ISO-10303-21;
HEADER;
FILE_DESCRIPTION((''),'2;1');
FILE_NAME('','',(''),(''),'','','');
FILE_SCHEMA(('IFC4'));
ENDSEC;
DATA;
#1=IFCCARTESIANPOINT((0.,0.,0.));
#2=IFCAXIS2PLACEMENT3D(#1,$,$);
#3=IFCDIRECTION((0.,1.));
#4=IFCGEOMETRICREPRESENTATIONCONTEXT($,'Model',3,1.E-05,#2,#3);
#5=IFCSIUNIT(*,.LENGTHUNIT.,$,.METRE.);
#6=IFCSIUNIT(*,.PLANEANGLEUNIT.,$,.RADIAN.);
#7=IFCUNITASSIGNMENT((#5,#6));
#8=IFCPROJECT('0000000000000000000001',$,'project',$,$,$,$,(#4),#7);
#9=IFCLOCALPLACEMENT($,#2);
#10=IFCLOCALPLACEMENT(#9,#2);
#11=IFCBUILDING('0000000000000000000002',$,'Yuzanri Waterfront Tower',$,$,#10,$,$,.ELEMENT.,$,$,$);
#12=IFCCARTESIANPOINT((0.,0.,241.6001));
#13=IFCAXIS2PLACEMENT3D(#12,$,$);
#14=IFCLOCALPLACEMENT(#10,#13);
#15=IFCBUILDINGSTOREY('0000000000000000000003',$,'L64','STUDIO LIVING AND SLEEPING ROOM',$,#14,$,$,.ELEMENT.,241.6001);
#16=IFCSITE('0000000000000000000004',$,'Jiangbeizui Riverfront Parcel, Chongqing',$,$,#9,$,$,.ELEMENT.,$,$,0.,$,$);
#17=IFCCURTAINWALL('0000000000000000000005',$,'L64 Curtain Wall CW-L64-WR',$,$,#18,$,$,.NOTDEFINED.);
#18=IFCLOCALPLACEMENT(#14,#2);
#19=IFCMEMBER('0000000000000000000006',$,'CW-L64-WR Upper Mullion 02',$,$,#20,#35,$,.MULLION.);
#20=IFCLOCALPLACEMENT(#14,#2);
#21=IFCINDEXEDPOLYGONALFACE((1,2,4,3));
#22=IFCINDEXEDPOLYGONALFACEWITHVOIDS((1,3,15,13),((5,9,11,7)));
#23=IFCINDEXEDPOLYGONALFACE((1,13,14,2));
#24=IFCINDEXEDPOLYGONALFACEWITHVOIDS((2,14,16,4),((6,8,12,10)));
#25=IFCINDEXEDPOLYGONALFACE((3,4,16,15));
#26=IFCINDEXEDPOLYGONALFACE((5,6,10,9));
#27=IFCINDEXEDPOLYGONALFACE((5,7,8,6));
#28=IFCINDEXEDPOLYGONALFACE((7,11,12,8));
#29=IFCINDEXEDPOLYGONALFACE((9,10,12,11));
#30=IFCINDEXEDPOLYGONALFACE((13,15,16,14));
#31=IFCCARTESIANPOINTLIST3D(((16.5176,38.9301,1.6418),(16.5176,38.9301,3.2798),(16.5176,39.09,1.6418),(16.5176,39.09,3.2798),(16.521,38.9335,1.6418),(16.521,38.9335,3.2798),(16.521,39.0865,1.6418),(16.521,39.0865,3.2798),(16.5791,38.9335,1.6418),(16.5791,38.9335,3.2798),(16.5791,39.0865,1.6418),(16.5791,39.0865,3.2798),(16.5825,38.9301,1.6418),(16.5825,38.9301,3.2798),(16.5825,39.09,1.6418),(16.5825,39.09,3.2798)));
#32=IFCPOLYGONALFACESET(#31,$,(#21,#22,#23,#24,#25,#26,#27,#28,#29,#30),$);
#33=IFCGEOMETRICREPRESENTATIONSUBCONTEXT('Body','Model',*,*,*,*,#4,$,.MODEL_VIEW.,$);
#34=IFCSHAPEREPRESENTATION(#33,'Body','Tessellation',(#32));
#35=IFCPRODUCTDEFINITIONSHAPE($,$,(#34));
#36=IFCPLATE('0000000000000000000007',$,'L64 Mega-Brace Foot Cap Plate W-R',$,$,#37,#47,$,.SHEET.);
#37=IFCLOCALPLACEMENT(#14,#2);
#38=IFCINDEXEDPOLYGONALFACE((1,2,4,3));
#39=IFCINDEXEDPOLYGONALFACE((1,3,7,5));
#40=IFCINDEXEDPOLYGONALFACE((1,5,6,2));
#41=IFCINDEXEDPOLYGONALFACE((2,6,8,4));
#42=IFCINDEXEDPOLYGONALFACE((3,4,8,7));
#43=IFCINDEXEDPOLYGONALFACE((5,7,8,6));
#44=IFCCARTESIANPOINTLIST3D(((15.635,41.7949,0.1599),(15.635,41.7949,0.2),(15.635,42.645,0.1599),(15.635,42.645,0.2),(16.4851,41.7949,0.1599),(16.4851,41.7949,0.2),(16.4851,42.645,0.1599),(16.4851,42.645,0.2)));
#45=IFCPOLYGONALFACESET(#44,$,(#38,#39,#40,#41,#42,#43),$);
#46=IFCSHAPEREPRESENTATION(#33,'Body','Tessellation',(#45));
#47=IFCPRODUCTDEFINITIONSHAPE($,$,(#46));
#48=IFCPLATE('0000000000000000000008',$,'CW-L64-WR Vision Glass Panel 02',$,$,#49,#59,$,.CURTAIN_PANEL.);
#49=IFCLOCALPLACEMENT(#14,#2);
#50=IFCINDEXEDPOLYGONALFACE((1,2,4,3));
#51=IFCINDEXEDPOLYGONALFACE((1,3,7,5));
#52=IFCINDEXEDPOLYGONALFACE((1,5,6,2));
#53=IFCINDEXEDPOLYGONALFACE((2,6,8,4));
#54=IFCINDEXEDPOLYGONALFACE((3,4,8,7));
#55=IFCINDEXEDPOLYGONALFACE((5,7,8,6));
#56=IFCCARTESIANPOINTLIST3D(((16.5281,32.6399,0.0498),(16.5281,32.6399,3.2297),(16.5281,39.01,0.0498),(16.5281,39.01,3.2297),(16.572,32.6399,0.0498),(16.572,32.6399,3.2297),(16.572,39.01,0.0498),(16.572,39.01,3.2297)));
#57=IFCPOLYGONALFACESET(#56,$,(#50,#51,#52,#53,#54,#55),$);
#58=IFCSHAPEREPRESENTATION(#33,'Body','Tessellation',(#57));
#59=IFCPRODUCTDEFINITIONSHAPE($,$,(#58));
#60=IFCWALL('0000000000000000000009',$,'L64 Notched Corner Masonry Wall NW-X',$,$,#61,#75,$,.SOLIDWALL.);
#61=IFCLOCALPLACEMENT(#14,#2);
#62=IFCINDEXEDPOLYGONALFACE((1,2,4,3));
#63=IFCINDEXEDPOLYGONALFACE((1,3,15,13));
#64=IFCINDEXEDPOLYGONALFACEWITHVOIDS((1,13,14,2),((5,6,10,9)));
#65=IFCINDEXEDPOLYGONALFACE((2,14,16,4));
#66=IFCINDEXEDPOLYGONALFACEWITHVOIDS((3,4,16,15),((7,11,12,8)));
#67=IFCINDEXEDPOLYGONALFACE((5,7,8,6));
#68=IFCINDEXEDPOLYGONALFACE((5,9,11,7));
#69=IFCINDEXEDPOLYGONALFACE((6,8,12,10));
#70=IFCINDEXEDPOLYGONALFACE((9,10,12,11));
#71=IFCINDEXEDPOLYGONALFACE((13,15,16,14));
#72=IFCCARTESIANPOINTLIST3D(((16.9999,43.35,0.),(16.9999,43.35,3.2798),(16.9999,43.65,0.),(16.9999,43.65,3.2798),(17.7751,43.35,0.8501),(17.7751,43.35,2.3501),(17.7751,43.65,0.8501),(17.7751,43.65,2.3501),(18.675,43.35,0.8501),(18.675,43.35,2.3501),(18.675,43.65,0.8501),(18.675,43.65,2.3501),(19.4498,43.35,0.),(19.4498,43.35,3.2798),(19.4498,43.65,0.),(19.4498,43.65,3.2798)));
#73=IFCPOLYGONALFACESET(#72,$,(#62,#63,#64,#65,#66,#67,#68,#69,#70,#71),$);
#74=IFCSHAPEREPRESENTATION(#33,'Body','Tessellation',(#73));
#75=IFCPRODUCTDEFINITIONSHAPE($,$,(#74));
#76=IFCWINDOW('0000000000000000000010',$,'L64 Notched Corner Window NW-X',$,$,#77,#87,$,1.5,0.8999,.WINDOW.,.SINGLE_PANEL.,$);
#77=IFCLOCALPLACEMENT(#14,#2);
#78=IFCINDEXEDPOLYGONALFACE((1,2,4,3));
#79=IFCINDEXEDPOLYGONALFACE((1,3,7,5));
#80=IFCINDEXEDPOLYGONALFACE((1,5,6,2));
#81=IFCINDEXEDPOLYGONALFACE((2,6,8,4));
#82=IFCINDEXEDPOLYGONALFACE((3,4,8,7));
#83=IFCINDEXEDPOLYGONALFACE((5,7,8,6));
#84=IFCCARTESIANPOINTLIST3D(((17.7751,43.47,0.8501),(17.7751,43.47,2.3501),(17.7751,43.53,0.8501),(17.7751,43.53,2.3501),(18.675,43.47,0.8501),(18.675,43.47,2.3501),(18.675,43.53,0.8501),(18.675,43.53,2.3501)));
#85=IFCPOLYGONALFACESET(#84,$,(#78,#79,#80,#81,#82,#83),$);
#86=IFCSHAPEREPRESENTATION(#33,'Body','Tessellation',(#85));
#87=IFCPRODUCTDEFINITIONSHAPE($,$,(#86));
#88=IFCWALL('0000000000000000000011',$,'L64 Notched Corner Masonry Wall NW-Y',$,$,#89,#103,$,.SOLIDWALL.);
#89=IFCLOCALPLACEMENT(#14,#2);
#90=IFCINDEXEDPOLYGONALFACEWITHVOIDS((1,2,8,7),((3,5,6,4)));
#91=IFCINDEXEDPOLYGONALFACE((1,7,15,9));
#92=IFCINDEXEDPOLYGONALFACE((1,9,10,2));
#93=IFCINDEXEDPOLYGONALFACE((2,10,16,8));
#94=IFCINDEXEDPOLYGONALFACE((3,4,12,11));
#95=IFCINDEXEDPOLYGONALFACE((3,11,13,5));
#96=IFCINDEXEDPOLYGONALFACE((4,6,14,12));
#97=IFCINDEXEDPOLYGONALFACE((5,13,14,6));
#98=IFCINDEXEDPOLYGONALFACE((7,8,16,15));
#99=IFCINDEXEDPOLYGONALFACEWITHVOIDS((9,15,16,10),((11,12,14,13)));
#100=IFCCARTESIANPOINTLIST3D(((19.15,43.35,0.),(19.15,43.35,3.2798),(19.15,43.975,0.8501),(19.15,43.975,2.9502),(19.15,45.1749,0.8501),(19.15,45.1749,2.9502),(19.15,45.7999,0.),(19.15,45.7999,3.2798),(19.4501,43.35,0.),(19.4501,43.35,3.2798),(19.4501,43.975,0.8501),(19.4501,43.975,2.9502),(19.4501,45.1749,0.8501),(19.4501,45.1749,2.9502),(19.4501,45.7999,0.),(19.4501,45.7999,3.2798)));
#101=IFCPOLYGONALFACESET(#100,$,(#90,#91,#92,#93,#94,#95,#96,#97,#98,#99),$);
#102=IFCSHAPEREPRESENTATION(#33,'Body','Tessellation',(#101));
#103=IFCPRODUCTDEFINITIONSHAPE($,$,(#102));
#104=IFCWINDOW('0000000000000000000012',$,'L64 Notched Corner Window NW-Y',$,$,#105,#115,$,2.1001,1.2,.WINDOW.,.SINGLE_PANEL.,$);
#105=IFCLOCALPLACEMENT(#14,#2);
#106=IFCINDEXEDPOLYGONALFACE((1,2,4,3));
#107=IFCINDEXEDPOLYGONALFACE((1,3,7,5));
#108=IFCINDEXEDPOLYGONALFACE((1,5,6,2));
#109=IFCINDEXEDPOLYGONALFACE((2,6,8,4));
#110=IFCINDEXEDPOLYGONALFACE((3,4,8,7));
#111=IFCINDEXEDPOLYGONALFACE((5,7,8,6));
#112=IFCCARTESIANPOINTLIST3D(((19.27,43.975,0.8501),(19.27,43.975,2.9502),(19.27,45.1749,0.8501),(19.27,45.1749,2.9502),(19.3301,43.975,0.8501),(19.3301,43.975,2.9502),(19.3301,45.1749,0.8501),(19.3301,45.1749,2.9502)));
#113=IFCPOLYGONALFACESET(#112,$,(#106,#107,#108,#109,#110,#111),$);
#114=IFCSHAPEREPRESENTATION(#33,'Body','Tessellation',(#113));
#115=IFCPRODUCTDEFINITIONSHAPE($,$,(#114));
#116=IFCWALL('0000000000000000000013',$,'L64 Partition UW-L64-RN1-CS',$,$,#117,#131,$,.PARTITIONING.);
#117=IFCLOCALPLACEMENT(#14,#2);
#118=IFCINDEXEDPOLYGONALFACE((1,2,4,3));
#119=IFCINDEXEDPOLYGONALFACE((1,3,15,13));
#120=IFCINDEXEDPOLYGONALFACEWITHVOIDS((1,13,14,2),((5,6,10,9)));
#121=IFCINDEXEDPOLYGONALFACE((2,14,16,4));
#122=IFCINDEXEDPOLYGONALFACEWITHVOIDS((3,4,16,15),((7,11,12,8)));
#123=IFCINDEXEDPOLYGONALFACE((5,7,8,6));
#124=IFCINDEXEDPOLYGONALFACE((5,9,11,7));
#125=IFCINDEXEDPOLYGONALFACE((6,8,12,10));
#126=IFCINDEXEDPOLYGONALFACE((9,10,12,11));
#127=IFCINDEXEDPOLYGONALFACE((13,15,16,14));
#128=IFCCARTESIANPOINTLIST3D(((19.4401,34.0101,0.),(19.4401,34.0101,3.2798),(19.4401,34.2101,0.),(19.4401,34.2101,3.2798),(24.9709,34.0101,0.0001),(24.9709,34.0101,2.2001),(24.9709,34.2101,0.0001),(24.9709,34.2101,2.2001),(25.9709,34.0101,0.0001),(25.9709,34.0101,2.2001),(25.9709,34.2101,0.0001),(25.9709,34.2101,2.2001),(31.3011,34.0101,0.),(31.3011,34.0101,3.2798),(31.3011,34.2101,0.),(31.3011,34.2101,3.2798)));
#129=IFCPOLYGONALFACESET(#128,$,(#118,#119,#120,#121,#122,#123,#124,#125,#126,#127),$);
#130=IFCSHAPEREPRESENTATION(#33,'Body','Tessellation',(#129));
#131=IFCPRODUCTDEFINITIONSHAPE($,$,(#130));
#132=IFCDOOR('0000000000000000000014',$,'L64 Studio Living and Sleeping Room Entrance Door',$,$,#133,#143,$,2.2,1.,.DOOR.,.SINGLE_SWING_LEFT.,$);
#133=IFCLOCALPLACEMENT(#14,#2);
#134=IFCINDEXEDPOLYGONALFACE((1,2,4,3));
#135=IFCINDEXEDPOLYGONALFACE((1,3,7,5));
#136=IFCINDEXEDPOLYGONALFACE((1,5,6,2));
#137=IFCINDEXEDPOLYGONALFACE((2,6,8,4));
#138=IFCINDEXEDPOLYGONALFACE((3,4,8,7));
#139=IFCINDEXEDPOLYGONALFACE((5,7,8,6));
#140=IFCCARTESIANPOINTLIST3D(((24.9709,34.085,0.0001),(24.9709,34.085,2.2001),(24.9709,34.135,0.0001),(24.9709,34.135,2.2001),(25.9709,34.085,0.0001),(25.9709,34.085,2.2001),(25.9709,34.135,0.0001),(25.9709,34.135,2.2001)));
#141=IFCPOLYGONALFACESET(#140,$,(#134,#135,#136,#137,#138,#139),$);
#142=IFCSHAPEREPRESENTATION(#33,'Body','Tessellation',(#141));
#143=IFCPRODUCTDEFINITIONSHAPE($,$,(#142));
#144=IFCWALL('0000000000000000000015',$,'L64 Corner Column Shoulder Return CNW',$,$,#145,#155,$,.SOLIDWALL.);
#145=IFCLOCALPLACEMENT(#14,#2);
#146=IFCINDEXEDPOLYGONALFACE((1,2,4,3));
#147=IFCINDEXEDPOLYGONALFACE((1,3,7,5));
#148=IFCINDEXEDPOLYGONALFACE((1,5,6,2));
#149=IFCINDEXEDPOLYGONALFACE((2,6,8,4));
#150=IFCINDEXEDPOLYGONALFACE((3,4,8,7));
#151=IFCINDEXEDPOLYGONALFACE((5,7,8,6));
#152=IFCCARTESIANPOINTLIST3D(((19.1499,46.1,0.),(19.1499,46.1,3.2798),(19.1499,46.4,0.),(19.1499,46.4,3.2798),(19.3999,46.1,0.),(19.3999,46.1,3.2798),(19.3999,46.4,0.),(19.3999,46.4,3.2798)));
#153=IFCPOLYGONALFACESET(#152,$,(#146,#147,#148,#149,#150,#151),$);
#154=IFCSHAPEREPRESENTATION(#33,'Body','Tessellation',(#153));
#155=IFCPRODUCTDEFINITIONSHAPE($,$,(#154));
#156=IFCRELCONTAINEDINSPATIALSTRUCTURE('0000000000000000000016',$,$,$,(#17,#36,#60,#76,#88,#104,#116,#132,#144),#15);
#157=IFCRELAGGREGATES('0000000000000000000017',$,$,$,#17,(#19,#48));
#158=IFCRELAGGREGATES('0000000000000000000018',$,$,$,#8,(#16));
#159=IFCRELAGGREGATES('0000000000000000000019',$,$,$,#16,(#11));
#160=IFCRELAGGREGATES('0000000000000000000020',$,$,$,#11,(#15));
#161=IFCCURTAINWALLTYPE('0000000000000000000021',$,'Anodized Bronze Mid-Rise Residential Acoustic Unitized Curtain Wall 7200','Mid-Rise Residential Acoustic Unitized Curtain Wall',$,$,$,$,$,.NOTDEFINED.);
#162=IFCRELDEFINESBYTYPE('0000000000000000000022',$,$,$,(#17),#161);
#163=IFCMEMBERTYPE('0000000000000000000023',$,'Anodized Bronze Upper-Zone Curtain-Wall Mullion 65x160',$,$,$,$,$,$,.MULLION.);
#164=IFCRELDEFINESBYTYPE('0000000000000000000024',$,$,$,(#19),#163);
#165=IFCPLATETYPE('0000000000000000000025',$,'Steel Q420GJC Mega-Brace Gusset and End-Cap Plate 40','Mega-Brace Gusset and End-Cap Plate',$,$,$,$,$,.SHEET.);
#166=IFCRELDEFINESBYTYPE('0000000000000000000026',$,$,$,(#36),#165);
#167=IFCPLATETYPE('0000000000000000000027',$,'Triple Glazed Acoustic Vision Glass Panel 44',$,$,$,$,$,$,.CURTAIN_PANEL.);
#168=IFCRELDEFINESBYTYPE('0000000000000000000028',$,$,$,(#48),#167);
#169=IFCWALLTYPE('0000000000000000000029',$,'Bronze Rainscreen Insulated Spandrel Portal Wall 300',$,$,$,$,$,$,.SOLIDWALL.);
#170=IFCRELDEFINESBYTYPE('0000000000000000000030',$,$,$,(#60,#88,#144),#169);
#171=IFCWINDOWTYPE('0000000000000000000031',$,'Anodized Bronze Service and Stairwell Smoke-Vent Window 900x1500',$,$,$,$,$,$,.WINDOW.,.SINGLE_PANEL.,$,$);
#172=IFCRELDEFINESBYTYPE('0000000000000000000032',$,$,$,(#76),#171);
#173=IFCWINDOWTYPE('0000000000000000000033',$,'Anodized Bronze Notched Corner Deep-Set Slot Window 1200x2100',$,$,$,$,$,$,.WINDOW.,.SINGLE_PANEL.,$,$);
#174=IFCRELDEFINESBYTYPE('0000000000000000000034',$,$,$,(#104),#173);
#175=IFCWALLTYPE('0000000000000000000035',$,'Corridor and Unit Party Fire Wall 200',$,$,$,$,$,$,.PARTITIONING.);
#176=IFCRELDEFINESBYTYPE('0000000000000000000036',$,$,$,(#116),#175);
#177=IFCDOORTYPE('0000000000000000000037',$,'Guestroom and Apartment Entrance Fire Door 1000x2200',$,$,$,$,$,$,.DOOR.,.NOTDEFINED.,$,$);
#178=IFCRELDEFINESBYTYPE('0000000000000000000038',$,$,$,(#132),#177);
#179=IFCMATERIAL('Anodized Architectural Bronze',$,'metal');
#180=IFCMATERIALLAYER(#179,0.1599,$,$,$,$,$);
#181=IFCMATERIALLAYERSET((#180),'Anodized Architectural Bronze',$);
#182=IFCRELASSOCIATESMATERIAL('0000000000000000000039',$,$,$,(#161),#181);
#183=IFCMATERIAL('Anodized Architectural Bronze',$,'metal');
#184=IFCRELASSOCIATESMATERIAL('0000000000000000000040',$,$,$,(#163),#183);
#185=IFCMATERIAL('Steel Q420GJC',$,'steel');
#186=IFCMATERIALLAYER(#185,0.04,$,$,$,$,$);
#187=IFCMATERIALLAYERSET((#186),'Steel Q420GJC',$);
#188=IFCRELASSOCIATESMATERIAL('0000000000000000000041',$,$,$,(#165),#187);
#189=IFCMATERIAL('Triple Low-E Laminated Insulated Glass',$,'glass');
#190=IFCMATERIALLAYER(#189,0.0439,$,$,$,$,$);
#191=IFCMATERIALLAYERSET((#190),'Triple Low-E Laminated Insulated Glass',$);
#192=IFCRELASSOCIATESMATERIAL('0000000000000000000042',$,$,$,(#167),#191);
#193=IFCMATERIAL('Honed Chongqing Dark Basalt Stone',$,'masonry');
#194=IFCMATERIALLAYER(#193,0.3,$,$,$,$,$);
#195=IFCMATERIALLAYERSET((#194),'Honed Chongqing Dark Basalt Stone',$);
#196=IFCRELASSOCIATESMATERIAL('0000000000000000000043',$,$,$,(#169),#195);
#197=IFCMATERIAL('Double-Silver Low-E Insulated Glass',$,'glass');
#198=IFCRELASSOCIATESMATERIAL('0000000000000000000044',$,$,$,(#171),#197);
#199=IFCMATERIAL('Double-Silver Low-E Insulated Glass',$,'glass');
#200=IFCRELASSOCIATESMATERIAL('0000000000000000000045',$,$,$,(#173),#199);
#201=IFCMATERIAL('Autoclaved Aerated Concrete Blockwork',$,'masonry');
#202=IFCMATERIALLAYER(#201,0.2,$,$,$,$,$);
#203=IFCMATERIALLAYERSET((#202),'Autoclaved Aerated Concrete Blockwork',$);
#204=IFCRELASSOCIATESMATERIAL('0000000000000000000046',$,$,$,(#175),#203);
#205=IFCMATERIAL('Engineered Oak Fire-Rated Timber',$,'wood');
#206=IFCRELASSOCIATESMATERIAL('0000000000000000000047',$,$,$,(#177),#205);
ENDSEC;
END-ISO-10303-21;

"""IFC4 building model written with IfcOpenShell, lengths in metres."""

from ifc_helpers import new_model, si_unit, direction, frame, frame_2d, origin, origin_2d, place, context, subcontext, project, spatial, rectangle, hollow_rectangle, extrude, source, transform, mapped, material, layer, layer_set, material_profile, profile_set, type_object, element, fill, aggregate, save


model = new_model("IFC4")

# Units and contexts
model_context = context("Model", 3, precision=1e-05, world=origin(), true_north=direction((0.0, 1.0)))
body_context = subcontext(model_context, "Body", "Model", "MODEL_VIEW")
ifc_project = project(units=[si_unit("LENGTHUNIT", "METRE"), si_unit("PLANEANGLEUNIT", "RADIAN")], contexts=[model_context])

# Site, building, storey
site_placement = place(None, origin())
site = spatial("IfcSite", under=ifc_project, at=site_placement, Name="Jiangbeizui Riverfront Parcel, Chongqing", CompositionType="ELEMENT", RefElevation=0.0)
building_placement = place(site_placement, origin())
building = spatial("IfcBuilding", under=site, at=building_placement, Name="Yuzanri Waterfront Tower", CompositionType="ELEMENT")
storey_placement = place(building_placement, frame((0.0, 0.0, 241.6001)))
storey = spatial("IfcBuildingStorey", under=building, at=storey_placement, Name="L64", Description="STUDIO LIVING AND SLEEPING ROOM", CompositionType="ELEMENT", Elevation=241.6001)

# Curtain wall, member
ifc_material_1 = material(Name="Anodized Architectural Bronze", Category="metal")
ifc_layer_1 = layer(ifc_material_1, 0.1599)
ifc_layer_set_1 = layer_set([ifc_layer_1], Name="Anodized Architectural Bronze")
curtain_wall_type = type_object("IfcCurtainWallType", Name="Anodized Bronze Mid-Rise Residential Acoustic Unitized Curtain Wall 7200", Description="Mid-Rise Residential Acoustic Unitized Curtain Wall", PredefinedType="NOTDEFINED", material=ifc_layer_set_1)
curtain_wall_placement = place(storey_placement, origin())
curtain_wall = element("IfcCurtainWall", 1, at=curtain_wall_placement, inside=storey, type_object=curtain_wall_type, Name="L64 Curtain Wall CW-L64-WR", PredefinedType="NOTDEFINED")
ifc_material_2 = material(Name="Anodized Architectural Bronze", Category="metal")
ifc_material_profile_1 = material_profile(ifc_material_2, hollow_rectangle(XDim=0.0649, YDim=0.1599, WallThickness=0.0034, at=origin_2d()), Name="CWM 65x160")
ifc_profile_set_1 = profile_set([ifc_material_profile_1], Name="Anodized Architectural Bronze")
member_type_1 = type_object("IfcMemberType", Name="Anodized Bronze Upper-Zone Curtain-Wall Mullion 65x160", PredefinedType="MULLION", material=ifc_profile_set_1)
shared_shape_1 = source(origin(), body_context, "Body", "SweptSolid", [
    extrude(hollow_rectangle(XDim=0.0649, YDim=0.1599, WallThickness=0.0034, at=origin_2d()), origin(), (0.0, 0.0, 1.0), 1.6379),
])
member_1_placement = place(storey_placement, frame((16.55, 39.01, 1.6418), z_axis=(0.0, 0.0, 1.0), x_axis=(1.0, 0.0, 0.0)))
member_1 = element("IfcMember", 2, at=member_1_placement, type_object=member_type_1, Name="CW-L64-WR Upper Mullion 02", PredefinedType="MULLION", context=body_context, shape_type="MappedRepresentation", body=[
    mapped(shared_shape_1, transform((0.0, 0.0, 0.0), scale=1.0)),
])

# Plates
ifc_material_3 = material(Name="Steel Q420GJC", Category="steel")
ifc_layer_2 = layer(ifc_material_3, 0.04)
ifc_layer_set_2 = layer_set([ifc_layer_2], Name="Steel Q420GJC")
plate_type_1 = type_object("IfcPlateType", Name="Steel Q420GJC Mega-Brace Gusset and End-Cap Plate 40", Description="Mega-Brace Gusset and End-Cap Plate", PredefinedType="SHEET", material=ifc_layer_set_2)
shared_shape_2 = source(origin(), body_context, "Body", "SweptSolid", [
    extrude(rectangle(XDim=0.8501, YDim=0.8501, at=origin_2d()), origin(), (0.0, 0.0, 1.0), 0.04),
])
plate_1_placement = place(storey_placement, frame((16.0601, 42.22, 0.1599), z_axis=(0.0, 0.0, 1.0), x_axis=(1.0, 0.0, 0.0)))
element("IfcPlate", 3, at=plate_1_placement, inside=storey, type_object=plate_type_1, Name="L64 Mega-Brace Foot Cap Plate W-R", PredefinedType="SHEET", context=body_context, shape_type="MappedRepresentation", body=[
    mapped(shared_shape_2, transform((0.0, 0.0, 0.0), scale=1.0)),
])
ifc_material_4 = material(Name="Triple Low-E Laminated Insulated Glass", Category="glass")
ifc_layer_3 = layer(ifc_material_4, 0.0439)
ifc_layer_set_3 = layer_set([ifc_layer_3], Name="Triple Low-E Laminated Insulated Glass")
plate_type_2 = type_object("IfcPlateType", Name="Triple Glazed Acoustic Vision Glass Panel 44", PredefinedType="CURTAIN_PANEL", material=ifc_layer_set_3)
shared_shape_3 = source(origin(), body_context, "Body", "SweptSolid", [
    extrude(rectangle(XDim=6.3701, YDim=0.0439, at=origin_2d()), origin(), (0.0, 0.0, 1.0), 3.1799),
])
plate_2_placement = place(storey_placement, frame((16.55, 35.825, 0.0498), z_axis=(0.0, 0.0, 1.0), x_axis=(0.0, 1.0, 0.0)))
plate_2 = element("IfcPlate", 4, at=plate_2_placement, type_object=plate_type_2, Name="CW-L64-WR Vision Glass Panel 02", PredefinedType="CURTAIN_PANEL", context=body_context, shape_type="MappedRepresentation", body=[
    mapped(shared_shape_3, transform((0.0, 0.0, 0.0), scale=1.0)),
])
aggregate(curtain_wall, [member_1, plate_2])

# Walls, openings, windows
ifc_material_5 = material(Name="Honed Chongqing Dark Basalt Stone", Category="masonry")
ifc_layer_4 = layer(ifc_material_5, 0.3)
ifc_layer_set_4 = layer_set([ifc_layer_4], Name="Honed Chongqing Dark Basalt Stone")
wall_type_1 = type_object("IfcWallType", Name="Bronze Rainscreen Insulated Spandrel Portal Wall 300", PredefinedType="SOLIDWALL", material=ifc_layer_set_4)
wall_1_placement = place(storey_placement, frame((19.45, 43.5, 0.0), z_axis=(0.0, 0.0, 1.0), x_axis=(-1.0, 0.0, 0.0)))
wall_1 = element("IfcWall", 5, at=wall_1_placement, inside=storey, type_object=wall_type_1, Name="L64 Notched Corner Masonry Wall NW-X", PredefinedType="SOLIDWALL", context=body_context, shape_type="SweptSolid", body=[
    extrude(rectangle(XDim=2.45, YDim=0.3, at=frame_2d((1.2251, 0.0))), origin(), (0.0, 0.0, 1.0), 3.2798),
])
opening_1_placement = place(wall_1_placement, frame((0.7749, 0.0, 0.8501)))
opening_1 = element("IfcOpeningElement", 6, at=opening_1_placement, cuts=wall_1, PredefinedType="OPENING", context=body_context, shape_type="SweptSolid", body=[
    extrude(rectangle(XDim=0.8999, YDim=1.5, at=frame_2d((0.45, 0.75))), frame((0.0, 0.165, 0.0), z_axis=(0.0, -1.0, 0.0), x_axis=(1.0, 0.0, 0.0)), (0.0, 0.0, 1.0), 0.3298),
])
ifc_material_6 = material(Name="Double-Silver Low-E Insulated Glass", Category="glass")
window_type_1 = type_object("IfcWindowType", Name="Anodized Bronze Service and Stairwell Smoke-Vent Window 900x1500", PartitioningType="SINGLE_PANEL", PredefinedType="WINDOW", material=ifc_material_6)
shared_shape_4 = source(origin(), body_context, "Body", "SweptSolid", [
    extrude(rectangle(XDim=0.8999, YDim=1.5, at=frame_2d((0.45, 0.75))), frame((0.0, 0.03, 0.0), z_axis=(0.0, -1.0, 0.0), x_axis=(1.0, 0.0, 0.0)), (0.0, 0.0, 1.0), 0.0601),
])
window_1_placement = place(opening_1_placement, origin())
window_1 = element("IfcWindow", 7, at=window_1_placement, inside=storey, type_object=window_type_1, Name="L64 Notched Corner Window NW-X", OverallHeight=1.5, OverallWidth=0.8999, PartitioningType="SINGLE_PANEL", PredefinedType="WINDOW", context=body_context, shape_type="MappedRepresentation", body=[
    mapped(shared_shape_4, transform((0.0, 0.0, 0.0), scale=1.0)),
])
fill(opening_1, window_1)
wall_2_placement = place(storey_placement, frame((19.3, 45.8, 0.0), z_axis=(0.0, 0.0, 1.0), x_axis=(0.0, -1.0, 0.0)))
wall_2 = element("IfcWall", 8, at=wall_2_placement, inside=storey, type_object=wall_type_1, Name="L64 Notched Corner Masonry Wall NW-Y", PredefinedType="SOLIDWALL", context=body_context, shape_type="SweptSolid", body=[
    extrude(rectangle(XDim=2.45, YDim=0.3, at=frame_2d((1.2251, 0.0))), origin(), (0.0, 0.0, 1.0), 3.2798),
])
opening_2_placement = place(wall_2_placement, frame((0.625, 0.0, 0.8501)))
opening_2 = element("IfcOpeningElement", 9, at=opening_2_placement, cuts=wall_2, PredefinedType="OPENING", context=body_context, shape_type="SweptSolid", body=[
    extrude(rectangle(XDim=1.2, YDim=2.1001, at=frame_2d((0.6001, 1.05))), frame((0.0, 0.165, 0.0), z_axis=(0.0, -1.0, 0.0), x_axis=(1.0, 0.0, 0.0)), (0.0, 0.0, 1.0), 0.3298),
])
ifc_material_7 = material(Name="Double-Silver Low-E Insulated Glass", Category="glass")
window_type_2 = type_object("IfcWindowType", Name="Anodized Bronze Notched Corner Deep-Set Slot Window 1200x2100", PartitioningType="SINGLE_PANEL", PredefinedType="WINDOW", material=ifc_material_7)
shared_shape_5 = source(origin(), body_context, "Body", "SweptSolid", [
    extrude(rectangle(XDim=1.2, YDim=2.1001, at=frame_2d((0.6001, 1.05))), frame((0.0, 0.03, 0.0), z_axis=(0.0, -1.0, 0.0), x_axis=(1.0, 0.0, 0.0)), (0.0, 0.0, 1.0), 0.0601),
])
window_2_placement = place(opening_2_placement, origin())
window_2 = element("IfcWindow", 10, at=window_2_placement, inside=storey, type_object=window_type_2, Name="L64 Notched Corner Window NW-Y", OverallHeight=2.1001, OverallWidth=1.2, PartitioningType="SINGLE_PANEL", PredefinedType="WINDOW", context=body_context, shape_type="MappedRepresentation", body=[
    mapped(shared_shape_5, transform((0.0, 0.0, 0.0), scale=1.0)),
])
fill(opening_2, window_2)

# Wall, opening, door
ifc_material_8 = material(Name="Autoclaved Aerated Concrete Blockwork", Category="masonry")
ifc_layer_5 = layer(ifc_material_8, 0.2)
ifc_layer_set_5 = layer_set([ifc_layer_5], Name="Autoclaved Aerated Concrete Blockwork")
wall_type_2 = type_object("IfcWallType", Name="Corridor and Unit Party Fire Wall 200", PredefinedType="PARTITIONING", material=ifc_layer_set_5)
wall_3_placement = place(storey_placement, frame((19.4399, 34.1101, 0.0), z_axis=(0.0, 0.0, 1.0), x_axis=(1.0, 0.0, 0.0)))
wall_3 = element("IfcWall", 11, at=wall_3_placement, inside=storey, type_object=wall_type_2, Name="L64 Partition UW-L64-RN1-CS", PredefinedType="PARTITIONING", context=body_context, shape_type="SweptSolid", body=[
    extrude(rectangle(XDim=11.8611, YDim=0.2, at=frame_2d((5.9307, 0.0))), origin(), (0.0, 0.0, 1.0), 3.2798),
])
opening_3_placement = place(wall_3_placement, frame((5.531, 0.0, 0.0)))
opening_3 = element("IfcOpeningElement", 12, at=opening_3_placement, cuts=wall_3, PredefinedType="OPENING", context=body_context, shape_type="SweptSolid", body=[
    extrude(rectangle(XDim=1.0, YDim=2.2, at=frame_2d((0.5, 1.1001))), frame((0.0, 0.1147, 0.0), z_axis=(0.0, -1.0, 0.0), x_axis=(1.0, 0.0, 0.0)), (0.0, 0.0, 1.0), 0.2297),
])
ifc_material_9 = material(Name="Engineered Oak Fire-Rated Timber", Category="wood")
door_type = type_object("IfcDoorType", Name="Guestroom and Apartment Entrance Fire Door 1000x2200", OperationType="NOTDEFINED", PredefinedType="DOOR", material=ifc_material_9)
shared_shape_6 = source(origin(), body_context, "Body", "SweptSolid", [
    extrude(rectangle(XDim=1.0, YDim=2.2, at=frame_2d((0.5, 1.1001))), frame((0.0, 0.0249, 0.0), z_axis=(0.0, -1.0, 0.0), x_axis=(1.0, 0.0, 0.0)), (0.0, 0.0, 1.0), 0.05),
])
door_placement = place(opening_3_placement, origin())
door = element("IfcDoor", 13, at=door_placement, inside=storey, type_object=door_type, Name="L64 Studio Living and Sleeping Room Entrance Door", OperationType="SINGLE_SWING_LEFT", OverallHeight=2.2, OverallWidth=1.0, PredefinedType="DOOR", context=body_context, shape_type="MappedRepresentation", body=[
    mapped(shared_shape_6, transform((0.0, 0.0, 0.0), scale=1.0)),
])
fill(opening_3, door)

# Wall
shared_shape_7 = source(origin(), body_context, "Body", "SweptSolid", [
    extrude(rectangle(XDim=0.25, YDim=0.3, at=frame_2d((0.125, 0.0))), origin(), (0.0, 0.0, 1.0), 3.2798),
])
for number, where, z_axis, x_axis, name in (
    (14, (19.1499, 46.25, 0.0), (0.0, 0.0, 1.0), (1.0, 0.0, 0.0), "L64 Corner Column Shoulder Return CNW"),
):
    element("IfcWall", number, at=place(storey_placement, frame(where, z_axis=z_axis, x_axis=x_axis)), inside=storey, type_object=wall_type_1, Name=name, PredefinedType="SOLIDWALL", context=body_context, shape_type="MappedRepresentation", body=[
        mapped(shared_shape_7, transform((0.0, 0.0, 0.0), scale=1.0)),
    ])

save(model, "model.ifc")
